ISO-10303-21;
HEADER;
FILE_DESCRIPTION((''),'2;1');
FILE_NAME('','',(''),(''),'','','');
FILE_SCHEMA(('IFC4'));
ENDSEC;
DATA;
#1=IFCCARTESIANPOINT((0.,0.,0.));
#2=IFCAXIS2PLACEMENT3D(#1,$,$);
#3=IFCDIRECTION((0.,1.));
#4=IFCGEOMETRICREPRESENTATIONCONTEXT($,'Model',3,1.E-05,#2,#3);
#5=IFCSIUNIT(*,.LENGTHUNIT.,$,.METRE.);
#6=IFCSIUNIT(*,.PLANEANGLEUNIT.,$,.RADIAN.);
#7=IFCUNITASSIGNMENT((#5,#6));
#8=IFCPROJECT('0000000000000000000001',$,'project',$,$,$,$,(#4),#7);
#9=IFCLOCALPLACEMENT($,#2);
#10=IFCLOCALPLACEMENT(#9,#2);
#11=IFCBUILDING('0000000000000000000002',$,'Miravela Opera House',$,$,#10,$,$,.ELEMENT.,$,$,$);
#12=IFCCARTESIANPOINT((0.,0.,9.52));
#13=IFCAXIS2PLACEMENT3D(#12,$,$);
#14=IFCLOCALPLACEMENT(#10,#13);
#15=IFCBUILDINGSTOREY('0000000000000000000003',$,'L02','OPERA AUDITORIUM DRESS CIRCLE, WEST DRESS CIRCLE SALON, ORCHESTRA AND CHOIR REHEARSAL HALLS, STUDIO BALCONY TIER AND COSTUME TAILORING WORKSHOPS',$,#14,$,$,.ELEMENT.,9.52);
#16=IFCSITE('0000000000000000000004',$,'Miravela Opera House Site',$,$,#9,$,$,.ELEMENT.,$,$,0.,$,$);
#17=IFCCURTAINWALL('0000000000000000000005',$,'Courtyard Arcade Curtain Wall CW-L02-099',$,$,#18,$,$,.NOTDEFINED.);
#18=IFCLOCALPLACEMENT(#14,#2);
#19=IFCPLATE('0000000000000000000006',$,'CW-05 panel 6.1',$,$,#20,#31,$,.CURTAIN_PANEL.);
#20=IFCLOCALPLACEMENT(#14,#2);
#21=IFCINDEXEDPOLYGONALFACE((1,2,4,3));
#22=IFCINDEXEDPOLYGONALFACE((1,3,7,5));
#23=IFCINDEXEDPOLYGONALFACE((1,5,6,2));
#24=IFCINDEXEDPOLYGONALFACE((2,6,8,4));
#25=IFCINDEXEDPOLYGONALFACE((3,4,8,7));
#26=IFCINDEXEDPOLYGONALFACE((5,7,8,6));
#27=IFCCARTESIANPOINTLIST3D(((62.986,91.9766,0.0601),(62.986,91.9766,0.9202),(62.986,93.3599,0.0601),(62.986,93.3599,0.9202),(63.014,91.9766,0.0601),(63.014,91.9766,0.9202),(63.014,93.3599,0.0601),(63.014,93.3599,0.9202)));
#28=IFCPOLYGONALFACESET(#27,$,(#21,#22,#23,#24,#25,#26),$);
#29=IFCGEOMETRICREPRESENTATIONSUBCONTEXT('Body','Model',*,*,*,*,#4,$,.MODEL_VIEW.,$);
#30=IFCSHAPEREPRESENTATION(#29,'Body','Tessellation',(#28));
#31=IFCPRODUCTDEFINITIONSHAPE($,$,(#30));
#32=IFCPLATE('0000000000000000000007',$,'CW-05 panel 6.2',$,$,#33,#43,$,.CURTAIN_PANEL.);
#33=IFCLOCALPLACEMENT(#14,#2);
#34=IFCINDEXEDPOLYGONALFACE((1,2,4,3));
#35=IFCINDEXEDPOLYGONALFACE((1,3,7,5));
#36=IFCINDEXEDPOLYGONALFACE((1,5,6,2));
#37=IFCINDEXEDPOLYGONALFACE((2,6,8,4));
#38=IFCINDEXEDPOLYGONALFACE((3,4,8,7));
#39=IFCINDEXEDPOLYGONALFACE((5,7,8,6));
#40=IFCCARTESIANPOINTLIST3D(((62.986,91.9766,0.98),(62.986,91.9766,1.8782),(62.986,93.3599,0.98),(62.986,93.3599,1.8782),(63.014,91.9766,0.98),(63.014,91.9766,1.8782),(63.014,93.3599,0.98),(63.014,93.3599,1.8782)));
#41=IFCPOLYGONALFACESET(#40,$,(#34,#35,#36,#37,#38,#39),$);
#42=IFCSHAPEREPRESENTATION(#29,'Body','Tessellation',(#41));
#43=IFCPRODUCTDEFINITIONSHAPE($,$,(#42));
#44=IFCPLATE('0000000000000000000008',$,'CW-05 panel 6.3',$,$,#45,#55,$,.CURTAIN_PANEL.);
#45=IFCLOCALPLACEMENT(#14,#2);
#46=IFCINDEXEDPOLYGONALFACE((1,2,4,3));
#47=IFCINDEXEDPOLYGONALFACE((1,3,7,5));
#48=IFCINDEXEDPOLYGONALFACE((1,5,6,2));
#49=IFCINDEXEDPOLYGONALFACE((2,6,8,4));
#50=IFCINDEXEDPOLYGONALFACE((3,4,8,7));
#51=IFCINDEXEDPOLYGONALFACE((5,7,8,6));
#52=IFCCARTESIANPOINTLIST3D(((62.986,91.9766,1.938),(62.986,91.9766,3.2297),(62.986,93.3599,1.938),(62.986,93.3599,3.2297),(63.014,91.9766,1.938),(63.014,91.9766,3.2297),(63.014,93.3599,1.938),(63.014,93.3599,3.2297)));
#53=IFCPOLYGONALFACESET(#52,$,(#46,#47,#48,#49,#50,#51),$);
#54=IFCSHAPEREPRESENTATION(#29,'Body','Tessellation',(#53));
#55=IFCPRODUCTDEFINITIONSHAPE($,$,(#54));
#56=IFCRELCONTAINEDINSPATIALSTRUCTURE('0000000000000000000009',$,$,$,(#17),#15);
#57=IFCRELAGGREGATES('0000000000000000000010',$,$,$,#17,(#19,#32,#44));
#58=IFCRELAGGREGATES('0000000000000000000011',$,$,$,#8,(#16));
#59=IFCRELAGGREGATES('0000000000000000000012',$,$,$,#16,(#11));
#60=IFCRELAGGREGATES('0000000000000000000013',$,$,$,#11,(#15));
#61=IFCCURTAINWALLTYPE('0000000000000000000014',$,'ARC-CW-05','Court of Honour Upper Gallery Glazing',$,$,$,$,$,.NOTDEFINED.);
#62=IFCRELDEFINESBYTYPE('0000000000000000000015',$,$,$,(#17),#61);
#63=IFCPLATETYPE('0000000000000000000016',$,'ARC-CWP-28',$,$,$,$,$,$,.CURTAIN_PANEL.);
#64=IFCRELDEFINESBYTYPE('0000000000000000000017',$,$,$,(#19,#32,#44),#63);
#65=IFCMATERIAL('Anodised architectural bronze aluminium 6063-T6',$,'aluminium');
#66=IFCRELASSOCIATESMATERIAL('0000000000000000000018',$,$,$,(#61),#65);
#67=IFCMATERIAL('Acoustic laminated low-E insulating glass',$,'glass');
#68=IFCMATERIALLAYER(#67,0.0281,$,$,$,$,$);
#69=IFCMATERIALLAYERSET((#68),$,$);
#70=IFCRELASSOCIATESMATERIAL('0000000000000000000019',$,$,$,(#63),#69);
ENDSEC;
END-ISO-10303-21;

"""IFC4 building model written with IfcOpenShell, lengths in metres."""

from ifc_helpers import new_model, si_unit, direction, frame, origin, origin_2d, place, context, subcontext, project, spatial, rectangle, extrude, material, layer, layer_set, type_object, element, aggregate, save


model = new_model("IFC4")

# Units and contexts
model_context = context("Model", 3, precision=1e-05, world=origin(), true_north=direction((0.0, 1.0)))
body_context = subcontext(model_context, "Body", "Model", "MODEL_VIEW")
ifc_project = project(units=[si_unit("LENGTHUNIT", "METRE"), si_unit("PLANEANGLEUNIT", "RADIAN")], contexts=[model_context])

# Site, building, storey
site_placement = place(None, origin())
site = spatial("IfcSite", under=ifc_project, at=site_placement, Name="Miravela Opera House Site", CompositionType="ELEMENT", RefElevation=0.0)
building_placement = place(site_placement, origin())
building = spatial("IfcBuilding", under=site, at=building_placement, Name="Miravela Opera House", CompositionType="ELEMENT")
storey_placement = place(building_placement, frame((0.0, 0.0, 9.52)))
storey = spatial("IfcBuildingStorey", under=building, at=storey_placement, Name="L02", Description="OPERA AUDITORIUM DRESS CIRCLE, WEST DRESS CIRCLE SALON, ORCHESTRA AND CHOIR REHEARSAL HALLS, STUDIO BALCONY TIER AND COSTUME TAILORING WORKSHOPS", CompositionType="ELEMENT", Elevation=9.52)

# Curtain wall
ifc_material_1 = material(Name="Anodised architectural bronze aluminium 6063-T6", Category="aluminium")
curtain_wall_type = type_object("IfcCurtainWallType", Name="ARC-CW-05", Description="Court of Honour Upper Gallery Glazing", PredefinedType="NOTDEFINED", material=ifc_material_1)
curtain_wall_placement = place(storey_placement, origin())
curtain_wall = element("IfcCurtainWall", 1, at=curtain_wall_placement, inside=storey, type_object=curtain_wall_type, Name="Courtyard Arcade Curtain Wall CW-L02-099", PredefinedType="NOTDEFINED")

# Plates
ifc_material_2 = material(Name="Acoustic laminated low-E insulating glass", Category="glass")
ifc_layer = layer(ifc_material_2, 0.0281)
ifc_layer_set = layer_set([ifc_layer])
plate_type = type_object("IfcPlateType", Name="ARC-CWP-28", PredefinedType="CURTAIN_PANEL", material=ifc_layer_set)
plate_1_placement = place(storey_placement, frame((63.0, 92.6682, 0.0601), z_axis=(0.0, 0.0, 1.0), x_axis=(0.0, 1.0, 0.0)))
plate_1 = element("IfcPlate", 2, at=plate_1_placement, type_object=plate_type, Name="CW-05 panel 6.1", PredefinedType="CURTAIN_PANEL", context=body_context, shape_type="SweptSolid", body=[
    extrude(rectangle(XDim=1.3833, YDim=0.0281, at=origin_2d()), origin(), (0.0, 0.0, 1.0), 0.8601),
])
plate_2_placement = place(storey_placement, frame((63.0, 92.6682, 0.98), z_axis=(0.0, 0.0, 1.0), x_axis=(0.0, 1.0, 0.0)))
plate_2 = element("IfcPlate", 3, at=plate_2_placement, type_object=plate_type, Name="CW-05 panel 6.2", PredefinedType="CURTAIN_PANEL", context=body_context, shape_type="SweptSolid", body=[
    extrude(rectangle(XDim=1.3833, YDim=0.0281, at=origin_2d()), origin(), (0.0, 0.0, 1.0), 0.8982),
])
plate_3_placement = place(storey_placement, frame((63.0, 92.6682, 1.938), z_axis=(0.0, 0.0, 1.0), x_axis=(0.0, 1.0, 0.0)))
plate_3 = element("IfcPlate", 4, at=plate_3_placement, type_object=plate_type, Name="CW-05 panel 6.3", PredefinedType="CURTAIN_PANEL", context=body_context, shape_type="SweptSolid", body=[
    extrude(rectangle(XDim=1.3833, YDim=0.0281, at=origin_2d()), origin(), (0.0, 0.0, 1.0), 1.2917),
])
aggregate(curtain_wall, [plate_1, plate_2, plate_3])

save(model, "model.ifc")
